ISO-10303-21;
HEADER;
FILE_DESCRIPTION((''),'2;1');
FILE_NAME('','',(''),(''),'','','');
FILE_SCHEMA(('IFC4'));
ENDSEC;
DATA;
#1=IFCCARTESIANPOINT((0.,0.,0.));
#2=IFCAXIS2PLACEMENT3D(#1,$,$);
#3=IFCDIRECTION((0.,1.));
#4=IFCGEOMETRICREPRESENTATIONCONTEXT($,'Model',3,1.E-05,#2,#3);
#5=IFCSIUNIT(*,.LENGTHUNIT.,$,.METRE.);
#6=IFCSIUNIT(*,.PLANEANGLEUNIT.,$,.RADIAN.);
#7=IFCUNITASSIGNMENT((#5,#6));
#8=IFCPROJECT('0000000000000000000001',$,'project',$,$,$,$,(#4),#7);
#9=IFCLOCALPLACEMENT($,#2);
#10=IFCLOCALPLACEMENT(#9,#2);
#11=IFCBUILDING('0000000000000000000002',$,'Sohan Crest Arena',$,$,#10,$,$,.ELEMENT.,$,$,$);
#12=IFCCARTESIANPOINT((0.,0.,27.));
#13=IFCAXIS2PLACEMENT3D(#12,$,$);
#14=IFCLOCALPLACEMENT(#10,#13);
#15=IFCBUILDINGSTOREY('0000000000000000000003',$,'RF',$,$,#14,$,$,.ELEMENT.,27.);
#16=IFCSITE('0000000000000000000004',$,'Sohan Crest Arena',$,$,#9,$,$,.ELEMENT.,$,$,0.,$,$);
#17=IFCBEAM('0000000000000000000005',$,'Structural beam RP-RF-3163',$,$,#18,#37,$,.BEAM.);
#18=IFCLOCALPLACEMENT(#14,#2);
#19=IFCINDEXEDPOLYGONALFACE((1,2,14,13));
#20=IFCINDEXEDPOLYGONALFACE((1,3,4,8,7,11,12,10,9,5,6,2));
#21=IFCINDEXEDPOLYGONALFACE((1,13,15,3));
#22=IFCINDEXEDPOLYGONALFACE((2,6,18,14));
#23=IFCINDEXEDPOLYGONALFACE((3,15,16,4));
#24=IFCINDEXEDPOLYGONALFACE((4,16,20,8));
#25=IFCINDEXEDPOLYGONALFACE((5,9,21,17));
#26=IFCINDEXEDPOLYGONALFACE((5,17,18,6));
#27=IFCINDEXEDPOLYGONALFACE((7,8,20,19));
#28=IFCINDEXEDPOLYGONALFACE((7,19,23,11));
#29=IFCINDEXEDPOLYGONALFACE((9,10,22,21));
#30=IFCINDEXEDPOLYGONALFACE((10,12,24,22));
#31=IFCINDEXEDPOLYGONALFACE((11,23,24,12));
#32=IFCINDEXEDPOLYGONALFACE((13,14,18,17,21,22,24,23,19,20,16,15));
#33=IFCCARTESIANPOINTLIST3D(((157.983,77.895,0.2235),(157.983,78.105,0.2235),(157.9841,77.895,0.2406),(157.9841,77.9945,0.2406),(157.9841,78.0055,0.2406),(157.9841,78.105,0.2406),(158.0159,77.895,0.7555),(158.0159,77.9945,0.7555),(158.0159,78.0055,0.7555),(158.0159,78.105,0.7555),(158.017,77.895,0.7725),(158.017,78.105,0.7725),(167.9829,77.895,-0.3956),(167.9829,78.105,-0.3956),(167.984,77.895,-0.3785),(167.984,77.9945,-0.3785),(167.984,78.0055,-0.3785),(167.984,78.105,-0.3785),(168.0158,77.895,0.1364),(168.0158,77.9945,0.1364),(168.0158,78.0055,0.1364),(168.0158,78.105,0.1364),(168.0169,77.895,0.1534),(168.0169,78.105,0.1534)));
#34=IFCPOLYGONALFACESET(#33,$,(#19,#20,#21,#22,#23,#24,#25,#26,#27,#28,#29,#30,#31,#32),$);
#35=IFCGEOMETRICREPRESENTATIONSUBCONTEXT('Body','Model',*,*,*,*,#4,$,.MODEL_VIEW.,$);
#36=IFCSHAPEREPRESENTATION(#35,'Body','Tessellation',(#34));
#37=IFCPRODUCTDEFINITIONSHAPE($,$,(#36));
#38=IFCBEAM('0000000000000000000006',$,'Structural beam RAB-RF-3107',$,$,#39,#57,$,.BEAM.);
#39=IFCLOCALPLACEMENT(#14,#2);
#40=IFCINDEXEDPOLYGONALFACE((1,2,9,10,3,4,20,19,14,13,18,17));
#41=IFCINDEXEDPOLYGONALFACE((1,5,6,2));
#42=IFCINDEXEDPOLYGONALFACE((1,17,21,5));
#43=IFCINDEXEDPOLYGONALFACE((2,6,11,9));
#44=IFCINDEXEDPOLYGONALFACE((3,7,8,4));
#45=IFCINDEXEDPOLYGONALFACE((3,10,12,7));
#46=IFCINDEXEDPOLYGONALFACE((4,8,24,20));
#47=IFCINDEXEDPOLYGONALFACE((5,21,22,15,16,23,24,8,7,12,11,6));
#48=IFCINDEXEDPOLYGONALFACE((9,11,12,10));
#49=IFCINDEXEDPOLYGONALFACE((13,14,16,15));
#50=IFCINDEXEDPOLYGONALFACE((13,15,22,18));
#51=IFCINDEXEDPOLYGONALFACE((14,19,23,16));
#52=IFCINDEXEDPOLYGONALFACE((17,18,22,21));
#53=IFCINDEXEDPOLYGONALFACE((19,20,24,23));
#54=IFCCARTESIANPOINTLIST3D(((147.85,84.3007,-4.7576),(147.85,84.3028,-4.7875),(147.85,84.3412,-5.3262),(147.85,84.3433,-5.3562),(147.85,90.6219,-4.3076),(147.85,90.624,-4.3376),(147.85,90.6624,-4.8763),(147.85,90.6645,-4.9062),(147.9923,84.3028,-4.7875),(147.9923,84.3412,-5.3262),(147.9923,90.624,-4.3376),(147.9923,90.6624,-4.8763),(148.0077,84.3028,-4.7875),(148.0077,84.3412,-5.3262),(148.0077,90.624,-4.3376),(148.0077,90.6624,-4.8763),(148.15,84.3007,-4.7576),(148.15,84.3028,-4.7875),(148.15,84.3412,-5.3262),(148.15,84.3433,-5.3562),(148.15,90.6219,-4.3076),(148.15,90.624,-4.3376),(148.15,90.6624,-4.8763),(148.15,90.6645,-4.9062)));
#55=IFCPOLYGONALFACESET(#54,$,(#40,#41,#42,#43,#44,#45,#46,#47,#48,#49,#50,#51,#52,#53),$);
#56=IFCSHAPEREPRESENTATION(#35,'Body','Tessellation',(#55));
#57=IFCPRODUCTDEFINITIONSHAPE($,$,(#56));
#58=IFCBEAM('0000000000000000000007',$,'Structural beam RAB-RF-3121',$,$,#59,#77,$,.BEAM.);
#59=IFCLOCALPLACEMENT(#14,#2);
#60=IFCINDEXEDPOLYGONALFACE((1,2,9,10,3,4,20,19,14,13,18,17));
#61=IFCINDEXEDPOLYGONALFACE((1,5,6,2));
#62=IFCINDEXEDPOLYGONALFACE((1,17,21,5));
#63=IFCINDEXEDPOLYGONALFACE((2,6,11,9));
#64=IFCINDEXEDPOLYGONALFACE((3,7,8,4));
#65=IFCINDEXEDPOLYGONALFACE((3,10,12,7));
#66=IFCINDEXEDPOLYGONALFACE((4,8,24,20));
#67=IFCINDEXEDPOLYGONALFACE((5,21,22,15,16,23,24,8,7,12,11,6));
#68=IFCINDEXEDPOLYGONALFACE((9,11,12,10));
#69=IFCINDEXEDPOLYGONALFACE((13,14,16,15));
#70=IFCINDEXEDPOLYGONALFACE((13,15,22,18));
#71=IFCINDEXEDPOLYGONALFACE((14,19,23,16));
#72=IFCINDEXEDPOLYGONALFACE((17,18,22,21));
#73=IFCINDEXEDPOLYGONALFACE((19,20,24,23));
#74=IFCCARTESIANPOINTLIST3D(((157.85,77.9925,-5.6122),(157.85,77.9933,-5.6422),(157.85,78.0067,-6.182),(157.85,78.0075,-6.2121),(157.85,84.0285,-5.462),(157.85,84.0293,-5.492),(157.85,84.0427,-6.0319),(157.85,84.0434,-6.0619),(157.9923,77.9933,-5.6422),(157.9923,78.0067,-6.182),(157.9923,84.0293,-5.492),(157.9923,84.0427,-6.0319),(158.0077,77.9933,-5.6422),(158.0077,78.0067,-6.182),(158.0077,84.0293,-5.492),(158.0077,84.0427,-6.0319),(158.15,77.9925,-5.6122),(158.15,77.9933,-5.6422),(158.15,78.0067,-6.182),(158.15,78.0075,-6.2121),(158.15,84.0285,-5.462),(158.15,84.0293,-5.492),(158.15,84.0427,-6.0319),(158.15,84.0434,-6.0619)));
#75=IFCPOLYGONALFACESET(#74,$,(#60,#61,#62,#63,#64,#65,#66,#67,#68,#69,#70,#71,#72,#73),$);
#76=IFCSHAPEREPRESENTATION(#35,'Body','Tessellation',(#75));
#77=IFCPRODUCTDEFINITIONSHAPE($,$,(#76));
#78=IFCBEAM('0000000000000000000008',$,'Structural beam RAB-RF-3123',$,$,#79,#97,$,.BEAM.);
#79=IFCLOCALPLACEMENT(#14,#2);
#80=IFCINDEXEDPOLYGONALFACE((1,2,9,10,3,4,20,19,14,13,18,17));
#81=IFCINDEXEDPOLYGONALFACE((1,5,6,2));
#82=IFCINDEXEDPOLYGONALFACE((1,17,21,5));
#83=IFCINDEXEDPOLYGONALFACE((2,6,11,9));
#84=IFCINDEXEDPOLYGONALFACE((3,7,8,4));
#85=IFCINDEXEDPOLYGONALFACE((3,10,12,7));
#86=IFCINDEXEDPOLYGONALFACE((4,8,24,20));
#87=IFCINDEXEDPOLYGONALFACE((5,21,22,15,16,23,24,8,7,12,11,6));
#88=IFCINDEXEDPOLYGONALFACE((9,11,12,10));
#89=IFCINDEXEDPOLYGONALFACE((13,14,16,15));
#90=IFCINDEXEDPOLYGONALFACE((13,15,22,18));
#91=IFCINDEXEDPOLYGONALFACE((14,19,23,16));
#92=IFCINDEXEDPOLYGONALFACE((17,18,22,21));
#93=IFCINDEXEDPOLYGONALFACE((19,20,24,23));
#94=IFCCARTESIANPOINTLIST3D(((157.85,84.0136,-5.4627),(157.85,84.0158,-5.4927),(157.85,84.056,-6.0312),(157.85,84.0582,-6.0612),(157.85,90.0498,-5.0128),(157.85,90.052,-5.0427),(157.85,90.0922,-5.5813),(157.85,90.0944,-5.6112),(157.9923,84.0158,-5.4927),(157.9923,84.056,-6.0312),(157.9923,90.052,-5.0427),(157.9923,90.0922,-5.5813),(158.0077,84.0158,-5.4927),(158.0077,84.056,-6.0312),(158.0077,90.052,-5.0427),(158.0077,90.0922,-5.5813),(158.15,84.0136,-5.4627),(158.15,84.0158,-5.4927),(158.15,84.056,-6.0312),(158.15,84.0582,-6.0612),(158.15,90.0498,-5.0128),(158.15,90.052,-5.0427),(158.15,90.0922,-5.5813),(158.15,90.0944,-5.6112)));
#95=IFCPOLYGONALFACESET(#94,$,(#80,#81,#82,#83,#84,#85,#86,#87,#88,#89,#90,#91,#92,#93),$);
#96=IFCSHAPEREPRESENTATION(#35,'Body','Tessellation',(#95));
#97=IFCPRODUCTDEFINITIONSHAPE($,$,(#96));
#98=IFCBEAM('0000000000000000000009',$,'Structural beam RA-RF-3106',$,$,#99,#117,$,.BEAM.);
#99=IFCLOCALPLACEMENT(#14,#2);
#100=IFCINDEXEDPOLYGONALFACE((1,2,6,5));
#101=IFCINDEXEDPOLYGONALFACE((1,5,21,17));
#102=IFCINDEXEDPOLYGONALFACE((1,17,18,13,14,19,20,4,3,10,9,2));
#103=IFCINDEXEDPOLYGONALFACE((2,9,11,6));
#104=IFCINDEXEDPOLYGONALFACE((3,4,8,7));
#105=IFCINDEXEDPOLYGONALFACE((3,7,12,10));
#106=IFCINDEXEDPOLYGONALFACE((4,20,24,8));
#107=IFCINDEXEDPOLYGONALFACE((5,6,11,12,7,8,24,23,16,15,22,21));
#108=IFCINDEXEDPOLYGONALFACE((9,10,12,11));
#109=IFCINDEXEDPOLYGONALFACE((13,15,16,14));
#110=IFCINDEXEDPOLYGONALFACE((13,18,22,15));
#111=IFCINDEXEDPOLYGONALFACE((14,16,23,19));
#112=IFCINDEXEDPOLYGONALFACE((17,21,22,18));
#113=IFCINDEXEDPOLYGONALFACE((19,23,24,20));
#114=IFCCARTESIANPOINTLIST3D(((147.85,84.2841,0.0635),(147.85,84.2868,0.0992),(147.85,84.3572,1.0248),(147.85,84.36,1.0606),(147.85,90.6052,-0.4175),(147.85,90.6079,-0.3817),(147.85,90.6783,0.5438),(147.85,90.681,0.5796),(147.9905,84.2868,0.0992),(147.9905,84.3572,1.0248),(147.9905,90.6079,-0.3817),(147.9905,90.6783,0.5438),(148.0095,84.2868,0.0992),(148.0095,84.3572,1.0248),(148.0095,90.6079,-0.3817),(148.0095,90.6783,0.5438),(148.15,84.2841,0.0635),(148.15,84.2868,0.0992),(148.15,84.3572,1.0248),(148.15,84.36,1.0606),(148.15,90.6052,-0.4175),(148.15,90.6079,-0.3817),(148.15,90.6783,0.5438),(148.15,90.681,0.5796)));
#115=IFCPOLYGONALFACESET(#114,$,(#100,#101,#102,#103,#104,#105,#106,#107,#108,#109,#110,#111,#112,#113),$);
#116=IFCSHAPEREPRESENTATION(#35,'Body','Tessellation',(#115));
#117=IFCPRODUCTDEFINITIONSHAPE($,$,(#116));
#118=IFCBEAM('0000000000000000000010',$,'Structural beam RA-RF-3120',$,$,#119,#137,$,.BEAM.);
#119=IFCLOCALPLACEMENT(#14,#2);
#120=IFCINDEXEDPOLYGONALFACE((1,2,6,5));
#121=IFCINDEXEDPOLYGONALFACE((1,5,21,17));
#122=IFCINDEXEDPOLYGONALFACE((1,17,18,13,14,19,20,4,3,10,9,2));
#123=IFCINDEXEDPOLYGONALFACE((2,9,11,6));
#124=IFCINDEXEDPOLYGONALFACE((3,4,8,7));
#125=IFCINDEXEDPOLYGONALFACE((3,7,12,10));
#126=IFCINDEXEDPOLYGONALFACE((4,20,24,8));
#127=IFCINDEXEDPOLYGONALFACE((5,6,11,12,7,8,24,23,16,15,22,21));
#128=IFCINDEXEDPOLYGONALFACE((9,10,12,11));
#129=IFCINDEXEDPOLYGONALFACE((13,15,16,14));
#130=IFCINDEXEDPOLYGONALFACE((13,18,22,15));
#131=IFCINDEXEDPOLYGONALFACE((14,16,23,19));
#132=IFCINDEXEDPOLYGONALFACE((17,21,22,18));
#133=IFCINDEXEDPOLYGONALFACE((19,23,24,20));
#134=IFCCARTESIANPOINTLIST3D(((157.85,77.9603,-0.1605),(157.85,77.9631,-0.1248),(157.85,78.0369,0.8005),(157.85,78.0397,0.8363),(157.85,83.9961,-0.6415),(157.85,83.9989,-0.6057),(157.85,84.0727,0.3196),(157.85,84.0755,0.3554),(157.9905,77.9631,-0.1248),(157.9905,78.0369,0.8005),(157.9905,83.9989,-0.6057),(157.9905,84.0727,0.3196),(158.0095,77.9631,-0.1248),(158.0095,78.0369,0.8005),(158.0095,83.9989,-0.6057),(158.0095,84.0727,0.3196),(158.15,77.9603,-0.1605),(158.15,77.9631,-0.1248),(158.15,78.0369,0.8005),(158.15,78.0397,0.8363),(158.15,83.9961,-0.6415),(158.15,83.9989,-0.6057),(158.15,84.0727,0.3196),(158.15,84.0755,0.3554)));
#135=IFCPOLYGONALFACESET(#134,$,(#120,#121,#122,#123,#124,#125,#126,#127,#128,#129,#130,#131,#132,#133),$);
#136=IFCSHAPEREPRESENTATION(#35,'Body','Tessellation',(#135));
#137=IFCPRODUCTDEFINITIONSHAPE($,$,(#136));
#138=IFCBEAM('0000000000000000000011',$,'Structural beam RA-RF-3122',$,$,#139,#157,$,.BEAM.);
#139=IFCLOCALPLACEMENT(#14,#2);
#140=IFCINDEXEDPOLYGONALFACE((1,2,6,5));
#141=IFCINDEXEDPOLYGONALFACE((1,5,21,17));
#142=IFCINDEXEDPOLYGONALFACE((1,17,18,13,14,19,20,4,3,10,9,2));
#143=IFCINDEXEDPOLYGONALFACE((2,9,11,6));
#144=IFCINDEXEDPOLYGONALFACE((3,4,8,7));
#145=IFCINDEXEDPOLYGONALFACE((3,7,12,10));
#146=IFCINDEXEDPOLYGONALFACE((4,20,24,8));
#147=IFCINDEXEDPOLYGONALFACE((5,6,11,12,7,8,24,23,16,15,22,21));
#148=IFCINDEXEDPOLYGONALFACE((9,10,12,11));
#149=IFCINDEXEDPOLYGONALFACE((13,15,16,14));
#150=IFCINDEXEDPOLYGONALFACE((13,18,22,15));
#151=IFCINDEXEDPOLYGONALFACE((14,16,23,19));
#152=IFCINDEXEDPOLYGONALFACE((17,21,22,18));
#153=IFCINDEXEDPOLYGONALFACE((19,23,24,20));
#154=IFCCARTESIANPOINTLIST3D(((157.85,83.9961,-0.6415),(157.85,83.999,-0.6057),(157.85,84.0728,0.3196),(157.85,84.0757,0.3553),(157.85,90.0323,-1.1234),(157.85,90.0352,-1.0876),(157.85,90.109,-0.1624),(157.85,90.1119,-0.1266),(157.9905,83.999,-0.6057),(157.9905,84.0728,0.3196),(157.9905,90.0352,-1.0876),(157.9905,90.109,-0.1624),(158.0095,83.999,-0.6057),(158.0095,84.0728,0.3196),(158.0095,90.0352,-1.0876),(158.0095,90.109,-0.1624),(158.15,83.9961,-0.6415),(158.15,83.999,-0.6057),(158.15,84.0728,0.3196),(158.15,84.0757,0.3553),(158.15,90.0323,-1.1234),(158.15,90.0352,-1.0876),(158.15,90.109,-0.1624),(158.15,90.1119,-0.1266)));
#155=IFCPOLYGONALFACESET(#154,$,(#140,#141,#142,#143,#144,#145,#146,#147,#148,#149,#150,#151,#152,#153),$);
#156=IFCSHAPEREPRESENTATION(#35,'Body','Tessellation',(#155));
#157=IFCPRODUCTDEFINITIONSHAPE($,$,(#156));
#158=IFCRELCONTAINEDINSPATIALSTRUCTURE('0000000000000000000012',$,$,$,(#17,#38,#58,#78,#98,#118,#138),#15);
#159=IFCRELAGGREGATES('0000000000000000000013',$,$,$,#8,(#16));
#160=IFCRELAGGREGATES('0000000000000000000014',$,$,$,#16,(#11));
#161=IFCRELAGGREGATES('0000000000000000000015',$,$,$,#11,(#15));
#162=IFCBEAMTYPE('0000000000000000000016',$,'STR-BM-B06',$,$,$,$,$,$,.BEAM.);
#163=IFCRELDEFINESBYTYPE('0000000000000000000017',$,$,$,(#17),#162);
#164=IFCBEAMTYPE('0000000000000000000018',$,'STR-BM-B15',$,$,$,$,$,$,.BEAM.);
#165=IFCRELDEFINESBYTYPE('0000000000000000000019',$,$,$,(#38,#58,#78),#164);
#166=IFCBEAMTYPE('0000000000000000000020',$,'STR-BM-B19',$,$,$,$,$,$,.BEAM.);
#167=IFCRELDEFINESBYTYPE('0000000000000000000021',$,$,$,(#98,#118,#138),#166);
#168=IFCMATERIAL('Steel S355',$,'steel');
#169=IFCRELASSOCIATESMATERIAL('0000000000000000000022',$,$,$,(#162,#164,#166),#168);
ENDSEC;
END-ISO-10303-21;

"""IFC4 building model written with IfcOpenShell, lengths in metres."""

from ifc_helpers import new_model, si_unit, direction, frame, origin, origin_2d, place, context, subcontext, project, spatial, i_section, extrude, material, material_profile, profile_set, type_object, element, save


model = new_model("IFC4")

# Units and contexts
model_context = context("Model", 3, precision=1e-05, world=origin(), true_north=direction((0.0, 1.0)))
body_context = subcontext(model_context, "Body", "Model", "MODEL_VIEW")
ifc_project = project(units=[si_unit("LENGTHUNIT", "METRE"), si_unit("PLANEANGLEUNIT", "RADIAN")], contexts=[model_context])

# Site, building, storey
site_placement = place(None, origin())
site = spatial("IfcSite", under=ifc_project, at=site_placement, Name="Sohan Crest Arena", CompositionType="ELEMENT", RefElevation=0.0)
building_placement = place(site_placement, origin())
building = spatial("IfcBuilding", under=site, at=building_placement, Name="Sohan Crest Arena", CompositionType="ELEMENT")
storey_placement = place(building_placement, frame((0.0, 0.0, 27.0)))
storey = spatial("IfcBuildingStorey", under=building, at=storey_placement, Name="RF", CompositionType="ELEMENT", Elevation=27.0)

# Beams
ifc_material_1 = material(Name="Steel S355", Category="steel")
ifc_material_profile_1 = material_profile(ifc_material_1, i_section(OverallWidth=0.21, OverallDepth=0.55, WebThickness=0.011, FlangeThickness=0.0171, at=origin_2d()), Name="IPE 550")
ifc_profile_set_1 = profile_set([ifc_material_profile_1], Name="Steel S355")
beam_type_1 = type_object("IfcBeamType", Name="STR-BM-B06", PredefinedType="BEAM", material=ifc_profile_set_1)
beam_1_placement = place(storey_placement, frame((158.0, 78.0, 0.498), z_axis=(0.998089, 0.0, -0.061796), x_axis=(0.0, 1.0, 0.0)))
element("IfcBeam", 1, at=beam_1_placement, inside=storey, type_object=beam_type_1, Name="Structural beam RP-RF-3163", PredefinedType="BEAM", context=body_context, shape_type="SweptSolid", body=[
    extrude(i_section(OverallWidth=0.21, OverallDepth=0.55, WebThickness=0.011, FlangeThickness=0.0171, at=origin_2d()), origin(), (0.0, 0.0, 1.0), 10.019),
])
ifc_material_profile_2 = material_profile(ifc_material_1, i_section(OverallWidth=0.3, OverallDepth=0.6001, WebThickness=0.0154, FlangeThickness=0.03, at=origin_2d()), Name="HEB 600")
ifc_profile_set_2 = profile_set([ifc_material_profile_2], Name="Steel S355")
beam_type_2 = type_object("IfcBeamType", Name="STR-BM-B15", PredefinedType="BEAM", material=ifc_profile_set_2)
beam_2_placement = place(storey_placement, frame((148.0, 84.322, -5.0569), z_axis=(0.0, 0.997476, 0.071003), x_axis=(-1.0, 0.0, 0.0)))
element("IfcBeam", 2, at=beam_2_placement, inside=storey, type_object=beam_type_2, Name="Structural beam RAB-RF-3107", PredefinedType="BEAM", context=body_context, shape_type="SweptSolid", body=[
    extrude(i_section(OverallWidth=0.3, OverallDepth=0.6001, WebThickness=0.0154, FlangeThickness=0.03, at=origin_2d()), origin(), (0.0, 0.0, 1.0), 6.3372),
])
beam_3_placement = place(storey_placement, frame((158.0, 78.0, -5.9121), z_axis=(0.0, 0.999691, 0.024868), x_axis=(-1.0, 0.0, 0.0)))
element("IfcBeam", 3, at=beam_3_placement, inside=storey, type_object=beam_type_2, Name="Structural beam RAB-RF-3121", PredefinedType="BEAM", context=body_context, shape_type="SweptSolid", body=[
    extrude(i_section(OverallWidth=0.3, OverallDepth=0.6001, WebThickness=0.0154, FlangeThickness=0.03, at=origin_2d()), origin(), (0.0, 0.0, 1.0), 6.0378),
])
beam_4_placement = place(storey_placement, frame((158.0, 84.0359, -5.762), z_axis=(0.0, 0.997233, 0.074337), x_axis=(-1.0, 0.0, 0.0)))
element("IfcBeam", 4, at=beam_4_placement, inside=storey, type_object=beam_type_2, Name="Structural beam RAB-RF-3123", PredefinedType="BEAM", context=body_context, shape_type="SweptSolid", body=[
    extrude(i_section(OverallWidth=0.3, OverallDepth=0.6001, WebThickness=0.0154, FlangeThickness=0.03, at=origin_2d()), origin(), (0.0, 0.0, 1.0), 6.053),
])
ifc_material_profile_3 = material_profile(ifc_material_1, i_section(OverallWidth=0.3, OverallDepth=1.0, WebThickness=0.019, FlangeThickness=0.0359, at=origin_2d()), Name="HEB 1000")
ifc_profile_set_3 = profile_set([ifc_material_profile_3], Name="Steel S355")
beam_type_3 = type_object("IfcBeamType", Name="STR-BM-B19", PredefinedType="BEAM", material=ifc_profile_set_3)
beam_5_placement = place(storey_placement, frame((148.0, 84.322, 0.562), z_axis=(0.0, 0.997118, -0.075869), x_axis=(-1.0, 0.0, 0.0)))
element("IfcBeam", 5, at=beam_5_placement, inside=storey, type_object=beam_type_3, Name="Structural beam RA-RF-3106", PredefinedType="BEAM", context=body_context, shape_type="SweptSolid", body=[
    extrude(i_section(OverallWidth=0.3, OverallDepth=1.0, WebThickness=0.019, FlangeThickness=0.0359, at=origin_2d()), origin(), (0.0, 0.0, 1.0), 6.3394),
])
beam_6_placement = place(storey_placement, frame((158.0, 78.0, 0.3379), z_axis=(0.0, 0.99684, -0.079431), x_axis=(-1.0, 0.0, 0.0)))
element("IfcBeam", 6, at=beam_6_placement, inside=storey, type_object=beam_type_3, Name="Structural beam RA-RF-3120", PredefinedType="BEAM", context=body_context, shape_type="SweptSolid", body=[
    extrude(i_section(OverallWidth=0.3, OverallDepth=1.0, WebThickness=0.019, FlangeThickness=0.0359, at=origin_2d()), origin(), (0.0, 0.0, 1.0), 6.0549),
])
beam_7_placement = place(storey_placement, frame((158.0, 84.0359, -0.1431), z_axis=(0.0, 0.996828, -0.079588), x_axis=(-1.0, 0.0, 0.0)))
element("IfcBeam", 7, at=beam_7_placement, inside=storey, type_object=beam_type_3, Name="Structural beam RA-RF-3122", PredefinedType="BEAM", context=body_context, shape_type="SweptSolid", body=[
    extrude(i_section(OverallWidth=0.3, OverallDepth=1.0, WebThickness=0.019, FlangeThickness=0.0359, at=origin_2d()), origin(), (0.0, 0.0, 1.0), 6.0554),
])

save(model, "model.ifc")
